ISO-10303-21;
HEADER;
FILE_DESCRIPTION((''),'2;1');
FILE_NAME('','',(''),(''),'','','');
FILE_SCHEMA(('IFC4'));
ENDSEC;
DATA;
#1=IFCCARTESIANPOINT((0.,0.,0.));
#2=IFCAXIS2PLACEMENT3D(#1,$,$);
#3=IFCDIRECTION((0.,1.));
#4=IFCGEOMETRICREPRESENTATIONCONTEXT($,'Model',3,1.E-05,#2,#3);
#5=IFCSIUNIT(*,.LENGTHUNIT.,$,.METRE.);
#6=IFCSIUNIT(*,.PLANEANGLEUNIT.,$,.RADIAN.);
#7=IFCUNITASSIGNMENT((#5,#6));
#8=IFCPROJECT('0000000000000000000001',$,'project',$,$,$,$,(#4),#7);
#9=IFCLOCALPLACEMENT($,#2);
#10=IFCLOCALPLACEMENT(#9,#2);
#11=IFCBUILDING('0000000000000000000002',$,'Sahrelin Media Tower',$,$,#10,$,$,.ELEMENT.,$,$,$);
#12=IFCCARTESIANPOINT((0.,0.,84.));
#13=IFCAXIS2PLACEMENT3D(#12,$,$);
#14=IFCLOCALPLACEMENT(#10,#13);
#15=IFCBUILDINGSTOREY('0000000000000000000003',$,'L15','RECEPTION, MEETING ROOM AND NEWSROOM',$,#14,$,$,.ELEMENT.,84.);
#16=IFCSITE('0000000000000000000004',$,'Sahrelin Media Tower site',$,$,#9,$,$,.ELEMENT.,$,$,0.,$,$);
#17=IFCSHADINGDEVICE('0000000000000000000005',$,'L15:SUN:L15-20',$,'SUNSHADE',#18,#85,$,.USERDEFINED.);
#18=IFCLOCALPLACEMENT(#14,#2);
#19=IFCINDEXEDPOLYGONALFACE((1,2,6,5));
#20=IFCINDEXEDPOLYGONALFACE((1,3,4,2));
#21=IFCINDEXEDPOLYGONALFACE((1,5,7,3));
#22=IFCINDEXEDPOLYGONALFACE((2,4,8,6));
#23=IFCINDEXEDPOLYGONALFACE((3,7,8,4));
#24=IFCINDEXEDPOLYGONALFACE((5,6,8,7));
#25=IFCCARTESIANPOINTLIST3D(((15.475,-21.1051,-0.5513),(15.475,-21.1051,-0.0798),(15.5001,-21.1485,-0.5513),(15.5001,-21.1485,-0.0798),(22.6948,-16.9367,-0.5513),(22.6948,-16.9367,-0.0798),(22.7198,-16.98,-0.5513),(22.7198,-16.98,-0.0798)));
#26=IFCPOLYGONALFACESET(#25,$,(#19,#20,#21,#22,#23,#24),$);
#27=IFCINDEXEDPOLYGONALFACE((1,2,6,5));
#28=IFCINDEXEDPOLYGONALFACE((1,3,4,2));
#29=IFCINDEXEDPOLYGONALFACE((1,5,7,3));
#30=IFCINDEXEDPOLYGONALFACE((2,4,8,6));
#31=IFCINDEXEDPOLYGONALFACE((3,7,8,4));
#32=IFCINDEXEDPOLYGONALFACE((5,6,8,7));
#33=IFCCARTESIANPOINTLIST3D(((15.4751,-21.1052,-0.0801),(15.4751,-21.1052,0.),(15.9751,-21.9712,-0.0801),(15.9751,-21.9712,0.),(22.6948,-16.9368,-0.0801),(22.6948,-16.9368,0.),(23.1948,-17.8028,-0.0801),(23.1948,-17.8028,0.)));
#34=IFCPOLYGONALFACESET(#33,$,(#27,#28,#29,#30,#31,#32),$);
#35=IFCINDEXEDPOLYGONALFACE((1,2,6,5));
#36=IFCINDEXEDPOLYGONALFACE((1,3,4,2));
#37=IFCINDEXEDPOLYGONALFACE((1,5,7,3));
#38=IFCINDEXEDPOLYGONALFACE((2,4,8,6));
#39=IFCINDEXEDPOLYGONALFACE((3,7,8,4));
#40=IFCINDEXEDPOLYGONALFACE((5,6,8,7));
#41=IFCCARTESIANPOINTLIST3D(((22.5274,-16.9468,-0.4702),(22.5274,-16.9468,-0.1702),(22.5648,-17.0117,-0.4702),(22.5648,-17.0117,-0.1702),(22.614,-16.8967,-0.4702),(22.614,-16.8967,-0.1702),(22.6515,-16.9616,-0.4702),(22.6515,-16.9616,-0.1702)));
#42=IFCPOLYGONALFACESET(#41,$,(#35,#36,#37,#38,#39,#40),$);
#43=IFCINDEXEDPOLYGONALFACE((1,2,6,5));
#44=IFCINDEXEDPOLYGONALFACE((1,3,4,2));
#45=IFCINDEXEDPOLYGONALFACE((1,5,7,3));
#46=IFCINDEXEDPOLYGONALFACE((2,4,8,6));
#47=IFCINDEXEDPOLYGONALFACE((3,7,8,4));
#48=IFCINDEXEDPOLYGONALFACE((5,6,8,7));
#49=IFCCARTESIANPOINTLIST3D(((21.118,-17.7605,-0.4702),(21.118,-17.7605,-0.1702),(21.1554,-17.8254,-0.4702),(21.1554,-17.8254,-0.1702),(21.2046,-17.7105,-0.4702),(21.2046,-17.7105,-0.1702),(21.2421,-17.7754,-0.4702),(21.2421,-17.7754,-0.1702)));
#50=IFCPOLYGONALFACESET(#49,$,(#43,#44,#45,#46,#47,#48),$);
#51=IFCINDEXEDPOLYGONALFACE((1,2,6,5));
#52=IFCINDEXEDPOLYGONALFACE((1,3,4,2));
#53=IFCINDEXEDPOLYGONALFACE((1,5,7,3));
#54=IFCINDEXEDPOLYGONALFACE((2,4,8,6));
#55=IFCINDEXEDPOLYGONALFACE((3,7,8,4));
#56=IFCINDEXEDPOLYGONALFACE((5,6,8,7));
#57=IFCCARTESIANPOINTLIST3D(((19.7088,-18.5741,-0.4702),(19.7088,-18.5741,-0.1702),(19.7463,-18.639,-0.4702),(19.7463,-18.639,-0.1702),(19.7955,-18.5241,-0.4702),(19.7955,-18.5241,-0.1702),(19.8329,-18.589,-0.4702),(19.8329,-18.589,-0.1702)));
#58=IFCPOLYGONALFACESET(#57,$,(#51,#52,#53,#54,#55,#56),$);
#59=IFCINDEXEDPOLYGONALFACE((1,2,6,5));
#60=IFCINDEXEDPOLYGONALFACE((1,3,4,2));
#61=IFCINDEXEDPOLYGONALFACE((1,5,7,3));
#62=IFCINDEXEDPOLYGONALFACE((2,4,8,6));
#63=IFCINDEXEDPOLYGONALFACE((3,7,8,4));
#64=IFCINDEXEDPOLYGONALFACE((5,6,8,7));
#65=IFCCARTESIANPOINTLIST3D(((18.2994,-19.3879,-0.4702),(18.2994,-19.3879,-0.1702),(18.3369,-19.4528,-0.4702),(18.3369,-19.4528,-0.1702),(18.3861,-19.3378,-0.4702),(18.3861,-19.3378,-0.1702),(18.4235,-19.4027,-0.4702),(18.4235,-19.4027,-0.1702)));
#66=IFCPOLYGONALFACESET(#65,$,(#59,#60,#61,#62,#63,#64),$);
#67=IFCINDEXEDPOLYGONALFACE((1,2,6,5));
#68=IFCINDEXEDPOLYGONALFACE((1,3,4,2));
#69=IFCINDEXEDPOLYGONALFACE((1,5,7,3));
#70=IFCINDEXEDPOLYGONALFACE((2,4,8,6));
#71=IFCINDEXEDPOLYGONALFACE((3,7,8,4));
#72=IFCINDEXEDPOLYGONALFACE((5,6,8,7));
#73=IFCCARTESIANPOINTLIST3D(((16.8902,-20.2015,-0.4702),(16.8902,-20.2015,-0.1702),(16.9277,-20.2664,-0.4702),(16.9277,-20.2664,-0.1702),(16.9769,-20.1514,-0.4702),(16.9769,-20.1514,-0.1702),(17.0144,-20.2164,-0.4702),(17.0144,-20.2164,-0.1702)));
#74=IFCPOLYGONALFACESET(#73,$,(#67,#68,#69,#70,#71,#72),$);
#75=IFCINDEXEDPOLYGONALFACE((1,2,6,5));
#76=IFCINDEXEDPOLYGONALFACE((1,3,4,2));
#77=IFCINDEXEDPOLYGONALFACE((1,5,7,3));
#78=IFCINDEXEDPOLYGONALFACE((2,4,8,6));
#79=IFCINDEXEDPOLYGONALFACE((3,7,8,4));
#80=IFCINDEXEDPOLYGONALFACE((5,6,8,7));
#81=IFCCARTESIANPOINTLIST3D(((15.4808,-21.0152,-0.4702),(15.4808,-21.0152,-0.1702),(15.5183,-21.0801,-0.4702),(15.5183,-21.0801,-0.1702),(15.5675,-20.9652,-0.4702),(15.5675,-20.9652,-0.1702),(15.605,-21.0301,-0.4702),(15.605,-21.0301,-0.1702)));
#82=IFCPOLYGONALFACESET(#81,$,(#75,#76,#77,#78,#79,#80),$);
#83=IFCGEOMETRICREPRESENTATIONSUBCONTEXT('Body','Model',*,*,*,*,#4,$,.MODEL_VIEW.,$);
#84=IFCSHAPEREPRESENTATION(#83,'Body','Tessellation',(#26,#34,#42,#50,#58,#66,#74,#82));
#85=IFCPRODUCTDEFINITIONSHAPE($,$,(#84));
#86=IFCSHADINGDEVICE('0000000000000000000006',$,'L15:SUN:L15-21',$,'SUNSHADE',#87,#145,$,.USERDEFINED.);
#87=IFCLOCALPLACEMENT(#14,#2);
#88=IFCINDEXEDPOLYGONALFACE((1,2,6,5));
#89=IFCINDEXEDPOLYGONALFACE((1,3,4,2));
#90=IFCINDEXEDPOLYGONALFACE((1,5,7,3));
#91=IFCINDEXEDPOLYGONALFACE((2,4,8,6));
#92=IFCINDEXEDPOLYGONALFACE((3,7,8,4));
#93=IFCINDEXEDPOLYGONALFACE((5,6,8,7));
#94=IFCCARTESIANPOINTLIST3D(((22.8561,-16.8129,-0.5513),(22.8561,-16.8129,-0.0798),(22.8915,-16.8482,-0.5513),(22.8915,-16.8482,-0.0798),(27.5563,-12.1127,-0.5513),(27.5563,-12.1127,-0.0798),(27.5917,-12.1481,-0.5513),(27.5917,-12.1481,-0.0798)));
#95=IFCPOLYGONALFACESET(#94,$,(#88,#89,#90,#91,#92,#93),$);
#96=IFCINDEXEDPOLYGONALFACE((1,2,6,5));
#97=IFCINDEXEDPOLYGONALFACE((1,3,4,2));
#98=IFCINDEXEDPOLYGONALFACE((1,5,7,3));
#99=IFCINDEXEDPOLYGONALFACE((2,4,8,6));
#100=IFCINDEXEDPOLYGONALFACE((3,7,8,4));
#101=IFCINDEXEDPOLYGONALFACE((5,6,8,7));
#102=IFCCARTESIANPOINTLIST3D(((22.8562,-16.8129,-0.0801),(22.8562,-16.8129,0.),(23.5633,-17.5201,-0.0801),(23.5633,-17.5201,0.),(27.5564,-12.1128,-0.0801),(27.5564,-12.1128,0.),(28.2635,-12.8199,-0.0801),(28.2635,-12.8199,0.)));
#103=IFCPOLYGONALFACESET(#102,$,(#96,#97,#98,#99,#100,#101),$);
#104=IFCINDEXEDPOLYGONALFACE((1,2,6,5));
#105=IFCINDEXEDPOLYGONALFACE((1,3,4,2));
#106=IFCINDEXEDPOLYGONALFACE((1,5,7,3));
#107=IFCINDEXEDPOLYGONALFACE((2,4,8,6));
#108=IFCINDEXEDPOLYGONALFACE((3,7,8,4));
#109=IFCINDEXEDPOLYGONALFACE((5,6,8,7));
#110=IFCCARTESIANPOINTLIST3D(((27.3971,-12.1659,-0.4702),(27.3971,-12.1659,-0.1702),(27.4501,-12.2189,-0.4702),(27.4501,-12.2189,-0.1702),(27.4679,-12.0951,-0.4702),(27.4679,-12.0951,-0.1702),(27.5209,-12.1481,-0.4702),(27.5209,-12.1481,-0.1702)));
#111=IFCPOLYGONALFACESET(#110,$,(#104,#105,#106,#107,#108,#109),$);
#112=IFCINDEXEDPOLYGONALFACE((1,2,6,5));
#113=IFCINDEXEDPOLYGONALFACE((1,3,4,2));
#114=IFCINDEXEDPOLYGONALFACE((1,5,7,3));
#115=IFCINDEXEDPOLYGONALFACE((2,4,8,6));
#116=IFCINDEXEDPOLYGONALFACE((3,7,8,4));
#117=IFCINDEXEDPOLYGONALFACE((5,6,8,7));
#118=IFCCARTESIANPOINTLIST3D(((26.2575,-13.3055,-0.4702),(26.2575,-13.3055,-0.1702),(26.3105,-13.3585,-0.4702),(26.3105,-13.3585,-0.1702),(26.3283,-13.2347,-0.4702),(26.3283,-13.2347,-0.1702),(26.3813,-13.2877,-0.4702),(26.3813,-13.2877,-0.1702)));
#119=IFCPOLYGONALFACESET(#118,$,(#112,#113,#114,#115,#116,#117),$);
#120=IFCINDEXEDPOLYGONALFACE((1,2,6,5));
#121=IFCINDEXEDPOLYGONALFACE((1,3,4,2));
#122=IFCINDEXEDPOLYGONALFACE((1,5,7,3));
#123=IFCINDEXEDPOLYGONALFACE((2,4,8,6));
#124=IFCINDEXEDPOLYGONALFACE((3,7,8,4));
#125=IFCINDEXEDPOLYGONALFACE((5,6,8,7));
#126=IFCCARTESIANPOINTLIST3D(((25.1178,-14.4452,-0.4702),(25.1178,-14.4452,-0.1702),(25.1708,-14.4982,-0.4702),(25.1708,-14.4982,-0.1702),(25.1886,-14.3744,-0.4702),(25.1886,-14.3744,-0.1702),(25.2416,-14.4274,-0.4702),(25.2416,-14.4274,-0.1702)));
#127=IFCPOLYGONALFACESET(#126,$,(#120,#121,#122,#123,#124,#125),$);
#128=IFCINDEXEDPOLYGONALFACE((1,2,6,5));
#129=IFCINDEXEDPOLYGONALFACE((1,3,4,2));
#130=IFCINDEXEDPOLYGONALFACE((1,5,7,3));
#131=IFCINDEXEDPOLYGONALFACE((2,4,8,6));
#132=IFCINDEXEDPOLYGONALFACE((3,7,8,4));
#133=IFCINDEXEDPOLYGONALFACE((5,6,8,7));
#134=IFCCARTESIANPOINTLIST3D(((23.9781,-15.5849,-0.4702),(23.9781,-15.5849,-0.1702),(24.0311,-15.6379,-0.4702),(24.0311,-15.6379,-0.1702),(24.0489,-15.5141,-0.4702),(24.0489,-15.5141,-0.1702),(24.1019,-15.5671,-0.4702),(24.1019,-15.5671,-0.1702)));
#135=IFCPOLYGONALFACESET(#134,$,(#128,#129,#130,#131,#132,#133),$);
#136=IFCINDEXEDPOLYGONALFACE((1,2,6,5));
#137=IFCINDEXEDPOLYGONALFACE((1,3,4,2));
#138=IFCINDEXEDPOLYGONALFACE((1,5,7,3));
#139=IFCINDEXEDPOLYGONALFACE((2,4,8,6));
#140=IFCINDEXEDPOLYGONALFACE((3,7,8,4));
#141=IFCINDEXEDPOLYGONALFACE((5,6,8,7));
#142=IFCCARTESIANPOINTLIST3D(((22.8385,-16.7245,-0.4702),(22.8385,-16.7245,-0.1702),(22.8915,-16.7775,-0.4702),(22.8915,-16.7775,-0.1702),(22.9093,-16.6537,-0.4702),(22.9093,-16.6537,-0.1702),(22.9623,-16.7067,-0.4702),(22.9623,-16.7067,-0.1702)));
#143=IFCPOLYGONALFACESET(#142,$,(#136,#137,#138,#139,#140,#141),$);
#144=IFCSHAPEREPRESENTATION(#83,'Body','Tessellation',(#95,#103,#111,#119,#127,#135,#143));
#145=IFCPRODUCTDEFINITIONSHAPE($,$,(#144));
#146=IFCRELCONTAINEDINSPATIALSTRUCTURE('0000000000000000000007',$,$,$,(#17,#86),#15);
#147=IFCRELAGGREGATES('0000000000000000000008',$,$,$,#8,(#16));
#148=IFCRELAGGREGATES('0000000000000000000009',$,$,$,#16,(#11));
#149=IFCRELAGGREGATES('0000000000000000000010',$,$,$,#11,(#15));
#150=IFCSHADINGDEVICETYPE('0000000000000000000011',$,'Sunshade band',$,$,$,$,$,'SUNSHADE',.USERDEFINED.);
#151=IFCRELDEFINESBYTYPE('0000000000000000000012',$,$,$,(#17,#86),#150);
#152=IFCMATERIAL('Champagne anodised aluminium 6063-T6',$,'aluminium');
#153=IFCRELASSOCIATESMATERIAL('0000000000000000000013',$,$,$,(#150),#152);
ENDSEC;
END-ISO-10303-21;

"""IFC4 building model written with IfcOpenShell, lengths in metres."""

from ifc_helpers import new_model, si_unit, direction, frame, origin, origin_2d, place, context, subcontext, project, spatial, rectangle, extrude, material, type_object, element, save


model = new_model("IFC4")

# Units and contexts
model_context = context("Model", 3, precision=1e-05, world=origin(), true_north=direction((0.0, 1.0)))
body_context = subcontext(model_context, "Body", "Model", "MODEL_VIEW")
ifc_project = project(units=[si_unit("LENGTHUNIT", "METRE"), si_unit("PLANEANGLEUNIT", "RADIAN")], contexts=[model_context])

# Site, building, storey
site_placement = place(None, origin())
site = spatial("IfcSite", under=ifc_project, at=site_placement, Name="Sahrelin Media Tower site", CompositionType="ELEMENT", RefElevation=0.0)
building_placement = place(site_placement, origin())
building = spatial("IfcBuilding", under=site, at=building_placement, Name="Sahrelin Media Tower", CompositionType="ELEMENT")
storey_placement = place(building_placement, frame((0.0, 0.0, 84.0)))
storey = spatial("IfcBuildingStorey", under=building, at=storey_placement, Name="L15", Description="RECEPTION, MEETING ROOM AND NEWSROOM", CompositionType="ELEMENT", Elevation=84.0)

# Shared definitions
ifc_material_1 = material(Name="Champagne anodised aluminium 6063-T6", Category="aluminium")

# Shading devices
placement_1 = place(storey_placement, frame((19.075, -19.0037, 0.0), z_axis=(0.0, 0.0, 1.0), x_axis=(-0.866019, -0.500011, 0.0)))
placement_2 = place(storey_placement, frame((25.1921, -14.4487, 0.0), z_axis=(0.0, 0.0, 1.0), x_axis=(-0.707107, -0.707107, 0.0)))
shading_device_type_1 = type_object("IfcShadingDeviceType", Name="Sunshade band", ElementType="SUNSHADE", PredefinedType="USERDEFINED", material=ifc_material_1)
element("IfcShadingDevice", 1, at=placement_1, inside=storey, type_object=shading_device_type_1, Name="L15:SUN:L15-20", ObjectType="SUNSHADE", PredefinedType="USERDEFINED", context=body_context, shape_type="SweptSolid", body=[
    extrude(rectangle(XDim=8.3367, YDim=0.05, at=origin_2d()), frame((0.0, 0.0449, -0.5513)), (0.0, 0.0, 1.0), 0.4714),
    extrude(rectangle(XDim=8.3367, YDim=1.0, at=origin_2d()), frame((0.0, 0.52, -0.0801)), (0.0, 0.0, 1.0), 0.0801),
    extrude(rectangle(XDim=0.1001, YDim=0.075, at=origin_2d()), frame((-4.0684, -0.0176, -0.4702)), (0.0, 0.0, 1.0), 0.3),
    extrude(rectangle(XDim=0.1001, YDim=0.075, at=origin_2d()), frame((-2.4409, -0.0176, -0.4702)), (0.0, 0.0, 1.0), 0.3),
    extrude(rectangle(XDim=0.1001, YDim=0.075, at=origin_2d()), frame((-0.8137, -0.0176, -0.4702)), (0.0, 0.0, 1.0), 0.3),
    extrude(rectangle(XDim=0.1001, YDim=0.075, at=origin_2d()), frame((0.8137, -0.0176, -0.4702)), (0.0, 0.0, 1.0), 0.3),
    extrude(rectangle(XDim=0.1001, YDim=0.075, at=origin_2d()), frame((2.4409, -0.0176, -0.4702)), (0.0, 0.0, 1.0), 0.3),
    extrude(rectangle(XDim=0.1001, YDim=0.075, at=origin_2d()), frame((4.0684, -0.0176, -0.4702)), (0.0, 0.0, 1.0), 0.3),
])
element("IfcShadingDevice", 2, at=placement_2, inside=storey, type_object=shading_device_type_1, Name="L15:SUN:L15-21", ObjectType="SUNSHADE", PredefinedType="USERDEFINED", context=body_context, shape_type="SweptSolid", body=[
    extrude(rectangle(XDim=6.647, YDim=0.05, at=origin_2d()), frame((0.0, 0.0449, -0.5513)), (0.0, 0.0, 1.0), 0.4714),
    extrude(rectangle(XDim=6.647, YDim=1.0, at=origin_2d()), frame((0.0, 0.52, -0.0801)), (0.0, 0.0, 1.0), 0.0801),
    extrude(rectangle(XDim=0.1001, YDim=0.075, at=origin_2d()), frame((-3.2234, -0.0176, -0.4702)), (0.0, 0.0, 1.0), 0.3),
    extrude(rectangle(XDim=0.1001, YDim=0.075, at=origin_2d()), frame((-1.6118, -0.0176, -0.4702)), (0.0, 0.0, 1.0), 0.3),
    extrude(rectangle(XDim=0.1001, YDim=0.075, at=origin_2d()), frame((0.0, -0.0176, -0.4702)), (0.0, 0.0, 1.0), 0.3),
    extrude(rectangle(XDim=0.1001, YDim=0.075, at=origin_2d()), frame((1.6118, -0.0176, -0.4702)), (0.0, 0.0, 1.0), 0.3),
    extrude(rectangle(XDim=0.1001, YDim=0.075, at=origin_2d()), frame((3.2234, -0.0176, -0.4702)), (0.0, 0.0, 1.0), 0.3),
])

save(model, "model.ifc")
